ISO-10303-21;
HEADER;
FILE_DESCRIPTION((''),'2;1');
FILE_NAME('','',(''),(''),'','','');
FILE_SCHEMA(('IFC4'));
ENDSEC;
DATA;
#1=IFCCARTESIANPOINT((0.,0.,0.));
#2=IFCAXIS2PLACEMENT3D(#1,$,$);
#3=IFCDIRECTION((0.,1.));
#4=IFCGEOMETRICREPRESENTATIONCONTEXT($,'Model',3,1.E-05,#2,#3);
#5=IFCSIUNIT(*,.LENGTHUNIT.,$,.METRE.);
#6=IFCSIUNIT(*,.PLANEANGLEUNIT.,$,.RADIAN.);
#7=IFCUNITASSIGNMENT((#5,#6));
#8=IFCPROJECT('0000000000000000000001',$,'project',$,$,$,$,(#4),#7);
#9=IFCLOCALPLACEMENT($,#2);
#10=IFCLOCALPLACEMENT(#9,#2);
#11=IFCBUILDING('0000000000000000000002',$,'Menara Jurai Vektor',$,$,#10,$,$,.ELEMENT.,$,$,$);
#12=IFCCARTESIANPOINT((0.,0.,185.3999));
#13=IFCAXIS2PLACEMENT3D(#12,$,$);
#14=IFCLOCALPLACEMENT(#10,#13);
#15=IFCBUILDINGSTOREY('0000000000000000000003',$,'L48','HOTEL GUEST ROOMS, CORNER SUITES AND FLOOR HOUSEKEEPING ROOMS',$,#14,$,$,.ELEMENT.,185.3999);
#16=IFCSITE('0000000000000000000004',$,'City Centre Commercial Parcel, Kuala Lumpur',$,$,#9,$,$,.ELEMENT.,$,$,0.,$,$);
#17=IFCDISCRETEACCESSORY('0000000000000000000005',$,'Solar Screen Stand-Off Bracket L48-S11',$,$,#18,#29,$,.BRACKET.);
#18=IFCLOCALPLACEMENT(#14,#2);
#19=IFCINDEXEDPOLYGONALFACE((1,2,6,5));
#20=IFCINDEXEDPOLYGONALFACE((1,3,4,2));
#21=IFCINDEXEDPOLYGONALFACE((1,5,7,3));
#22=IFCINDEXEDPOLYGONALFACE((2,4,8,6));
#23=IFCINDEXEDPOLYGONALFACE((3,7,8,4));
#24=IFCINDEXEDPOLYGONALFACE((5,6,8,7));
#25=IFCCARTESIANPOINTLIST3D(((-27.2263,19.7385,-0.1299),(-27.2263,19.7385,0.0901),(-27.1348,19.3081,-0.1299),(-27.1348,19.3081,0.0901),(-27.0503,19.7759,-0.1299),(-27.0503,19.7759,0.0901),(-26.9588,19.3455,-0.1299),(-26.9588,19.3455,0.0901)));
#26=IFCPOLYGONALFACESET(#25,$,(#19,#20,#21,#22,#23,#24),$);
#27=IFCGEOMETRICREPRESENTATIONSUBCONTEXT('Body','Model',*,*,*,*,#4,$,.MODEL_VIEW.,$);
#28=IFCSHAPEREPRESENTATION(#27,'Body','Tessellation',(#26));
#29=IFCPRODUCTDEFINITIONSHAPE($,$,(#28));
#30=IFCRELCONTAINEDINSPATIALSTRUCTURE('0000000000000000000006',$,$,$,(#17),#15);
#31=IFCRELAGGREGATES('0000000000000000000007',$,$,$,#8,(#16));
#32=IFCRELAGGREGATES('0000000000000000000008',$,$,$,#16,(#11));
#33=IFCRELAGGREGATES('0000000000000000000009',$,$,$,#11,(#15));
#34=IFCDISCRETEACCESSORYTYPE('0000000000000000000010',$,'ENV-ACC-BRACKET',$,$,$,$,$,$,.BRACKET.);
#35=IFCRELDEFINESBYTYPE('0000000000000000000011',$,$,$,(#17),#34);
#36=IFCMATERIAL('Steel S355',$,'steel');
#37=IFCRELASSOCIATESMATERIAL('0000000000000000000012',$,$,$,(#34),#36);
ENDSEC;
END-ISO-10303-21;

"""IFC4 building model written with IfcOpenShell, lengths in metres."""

from ifc_helpers import new_model, si_unit, direction, frame, origin, origin_2d, place, context, subcontext, project, spatial, rectangle, extrude, material, type_object, element, save


model = new_model("IFC4")

# Units and contexts
model_context = context("Model", 3, precision=1e-05, world=origin(), true_north=direction((0.0, 1.0)))
body_context = subcontext(model_context, "Body", "Model", "MODEL_VIEW")
ifc_project = project(units=[si_unit("LENGTHUNIT", "METRE"), si_unit("PLANEANGLEUNIT", "RADIAN")], contexts=[model_context])

# Site, building, storey
site_placement = place(None, origin())
site = spatial("IfcSite", under=ifc_project, at=site_placement, Name="City Centre Commercial Parcel, Kuala Lumpur", CompositionType="ELEMENT", RefElevation=0.0)
building_placement = place(site_placement, origin())
building = spatial("IfcBuilding", under=site, at=building_placement, Name="Menara Jurai Vektor", CompositionType="ELEMENT")
storey_placement = place(building_placement, frame((0.0, 0.0, 185.3999)))
storey = spatial("IfcBuildingStorey", under=building, at=storey_placement, Name="L48", Description="HOTEL GUEST ROOMS, CORNER SUITES AND FLOOR HOUSEKEEPING ROOMS", CompositionType="ELEMENT", Elevation=185.3999)

# Shared definitions
ifc_material_1 = material(Name="Steel S355", Category="steel")

# Discrete accessory
discrete_accessory_type = type_object("IfcDiscreteAccessoryType", Name="ENV-ACC-BRACKET", PredefinedType="BRACKET", material=ifc_material_1)
discrete_accessory_placement = place(storey_placement, frame((-27.0925, 19.542, -0.1299), z_axis=(0.0, 0.0, 1.0), x_axis=(-0.978148, -0.207912, 0.0)))
element("IfcDiscreteAccessory", 1, at=discrete_accessory_placement, inside=storey, type_object=discrete_accessory_type, Name="Solar Screen Stand-Off Bracket L48-S11", PredefinedType="BRACKET", context=body_context, shape_type="SweptSolid", body=[
    extrude(rectangle(XDim=0.1799, YDim=0.4399, at=origin_2d()), origin(), (0.0, 0.0, 1.0), 0.22),
])

save(model, "model.ifc")
